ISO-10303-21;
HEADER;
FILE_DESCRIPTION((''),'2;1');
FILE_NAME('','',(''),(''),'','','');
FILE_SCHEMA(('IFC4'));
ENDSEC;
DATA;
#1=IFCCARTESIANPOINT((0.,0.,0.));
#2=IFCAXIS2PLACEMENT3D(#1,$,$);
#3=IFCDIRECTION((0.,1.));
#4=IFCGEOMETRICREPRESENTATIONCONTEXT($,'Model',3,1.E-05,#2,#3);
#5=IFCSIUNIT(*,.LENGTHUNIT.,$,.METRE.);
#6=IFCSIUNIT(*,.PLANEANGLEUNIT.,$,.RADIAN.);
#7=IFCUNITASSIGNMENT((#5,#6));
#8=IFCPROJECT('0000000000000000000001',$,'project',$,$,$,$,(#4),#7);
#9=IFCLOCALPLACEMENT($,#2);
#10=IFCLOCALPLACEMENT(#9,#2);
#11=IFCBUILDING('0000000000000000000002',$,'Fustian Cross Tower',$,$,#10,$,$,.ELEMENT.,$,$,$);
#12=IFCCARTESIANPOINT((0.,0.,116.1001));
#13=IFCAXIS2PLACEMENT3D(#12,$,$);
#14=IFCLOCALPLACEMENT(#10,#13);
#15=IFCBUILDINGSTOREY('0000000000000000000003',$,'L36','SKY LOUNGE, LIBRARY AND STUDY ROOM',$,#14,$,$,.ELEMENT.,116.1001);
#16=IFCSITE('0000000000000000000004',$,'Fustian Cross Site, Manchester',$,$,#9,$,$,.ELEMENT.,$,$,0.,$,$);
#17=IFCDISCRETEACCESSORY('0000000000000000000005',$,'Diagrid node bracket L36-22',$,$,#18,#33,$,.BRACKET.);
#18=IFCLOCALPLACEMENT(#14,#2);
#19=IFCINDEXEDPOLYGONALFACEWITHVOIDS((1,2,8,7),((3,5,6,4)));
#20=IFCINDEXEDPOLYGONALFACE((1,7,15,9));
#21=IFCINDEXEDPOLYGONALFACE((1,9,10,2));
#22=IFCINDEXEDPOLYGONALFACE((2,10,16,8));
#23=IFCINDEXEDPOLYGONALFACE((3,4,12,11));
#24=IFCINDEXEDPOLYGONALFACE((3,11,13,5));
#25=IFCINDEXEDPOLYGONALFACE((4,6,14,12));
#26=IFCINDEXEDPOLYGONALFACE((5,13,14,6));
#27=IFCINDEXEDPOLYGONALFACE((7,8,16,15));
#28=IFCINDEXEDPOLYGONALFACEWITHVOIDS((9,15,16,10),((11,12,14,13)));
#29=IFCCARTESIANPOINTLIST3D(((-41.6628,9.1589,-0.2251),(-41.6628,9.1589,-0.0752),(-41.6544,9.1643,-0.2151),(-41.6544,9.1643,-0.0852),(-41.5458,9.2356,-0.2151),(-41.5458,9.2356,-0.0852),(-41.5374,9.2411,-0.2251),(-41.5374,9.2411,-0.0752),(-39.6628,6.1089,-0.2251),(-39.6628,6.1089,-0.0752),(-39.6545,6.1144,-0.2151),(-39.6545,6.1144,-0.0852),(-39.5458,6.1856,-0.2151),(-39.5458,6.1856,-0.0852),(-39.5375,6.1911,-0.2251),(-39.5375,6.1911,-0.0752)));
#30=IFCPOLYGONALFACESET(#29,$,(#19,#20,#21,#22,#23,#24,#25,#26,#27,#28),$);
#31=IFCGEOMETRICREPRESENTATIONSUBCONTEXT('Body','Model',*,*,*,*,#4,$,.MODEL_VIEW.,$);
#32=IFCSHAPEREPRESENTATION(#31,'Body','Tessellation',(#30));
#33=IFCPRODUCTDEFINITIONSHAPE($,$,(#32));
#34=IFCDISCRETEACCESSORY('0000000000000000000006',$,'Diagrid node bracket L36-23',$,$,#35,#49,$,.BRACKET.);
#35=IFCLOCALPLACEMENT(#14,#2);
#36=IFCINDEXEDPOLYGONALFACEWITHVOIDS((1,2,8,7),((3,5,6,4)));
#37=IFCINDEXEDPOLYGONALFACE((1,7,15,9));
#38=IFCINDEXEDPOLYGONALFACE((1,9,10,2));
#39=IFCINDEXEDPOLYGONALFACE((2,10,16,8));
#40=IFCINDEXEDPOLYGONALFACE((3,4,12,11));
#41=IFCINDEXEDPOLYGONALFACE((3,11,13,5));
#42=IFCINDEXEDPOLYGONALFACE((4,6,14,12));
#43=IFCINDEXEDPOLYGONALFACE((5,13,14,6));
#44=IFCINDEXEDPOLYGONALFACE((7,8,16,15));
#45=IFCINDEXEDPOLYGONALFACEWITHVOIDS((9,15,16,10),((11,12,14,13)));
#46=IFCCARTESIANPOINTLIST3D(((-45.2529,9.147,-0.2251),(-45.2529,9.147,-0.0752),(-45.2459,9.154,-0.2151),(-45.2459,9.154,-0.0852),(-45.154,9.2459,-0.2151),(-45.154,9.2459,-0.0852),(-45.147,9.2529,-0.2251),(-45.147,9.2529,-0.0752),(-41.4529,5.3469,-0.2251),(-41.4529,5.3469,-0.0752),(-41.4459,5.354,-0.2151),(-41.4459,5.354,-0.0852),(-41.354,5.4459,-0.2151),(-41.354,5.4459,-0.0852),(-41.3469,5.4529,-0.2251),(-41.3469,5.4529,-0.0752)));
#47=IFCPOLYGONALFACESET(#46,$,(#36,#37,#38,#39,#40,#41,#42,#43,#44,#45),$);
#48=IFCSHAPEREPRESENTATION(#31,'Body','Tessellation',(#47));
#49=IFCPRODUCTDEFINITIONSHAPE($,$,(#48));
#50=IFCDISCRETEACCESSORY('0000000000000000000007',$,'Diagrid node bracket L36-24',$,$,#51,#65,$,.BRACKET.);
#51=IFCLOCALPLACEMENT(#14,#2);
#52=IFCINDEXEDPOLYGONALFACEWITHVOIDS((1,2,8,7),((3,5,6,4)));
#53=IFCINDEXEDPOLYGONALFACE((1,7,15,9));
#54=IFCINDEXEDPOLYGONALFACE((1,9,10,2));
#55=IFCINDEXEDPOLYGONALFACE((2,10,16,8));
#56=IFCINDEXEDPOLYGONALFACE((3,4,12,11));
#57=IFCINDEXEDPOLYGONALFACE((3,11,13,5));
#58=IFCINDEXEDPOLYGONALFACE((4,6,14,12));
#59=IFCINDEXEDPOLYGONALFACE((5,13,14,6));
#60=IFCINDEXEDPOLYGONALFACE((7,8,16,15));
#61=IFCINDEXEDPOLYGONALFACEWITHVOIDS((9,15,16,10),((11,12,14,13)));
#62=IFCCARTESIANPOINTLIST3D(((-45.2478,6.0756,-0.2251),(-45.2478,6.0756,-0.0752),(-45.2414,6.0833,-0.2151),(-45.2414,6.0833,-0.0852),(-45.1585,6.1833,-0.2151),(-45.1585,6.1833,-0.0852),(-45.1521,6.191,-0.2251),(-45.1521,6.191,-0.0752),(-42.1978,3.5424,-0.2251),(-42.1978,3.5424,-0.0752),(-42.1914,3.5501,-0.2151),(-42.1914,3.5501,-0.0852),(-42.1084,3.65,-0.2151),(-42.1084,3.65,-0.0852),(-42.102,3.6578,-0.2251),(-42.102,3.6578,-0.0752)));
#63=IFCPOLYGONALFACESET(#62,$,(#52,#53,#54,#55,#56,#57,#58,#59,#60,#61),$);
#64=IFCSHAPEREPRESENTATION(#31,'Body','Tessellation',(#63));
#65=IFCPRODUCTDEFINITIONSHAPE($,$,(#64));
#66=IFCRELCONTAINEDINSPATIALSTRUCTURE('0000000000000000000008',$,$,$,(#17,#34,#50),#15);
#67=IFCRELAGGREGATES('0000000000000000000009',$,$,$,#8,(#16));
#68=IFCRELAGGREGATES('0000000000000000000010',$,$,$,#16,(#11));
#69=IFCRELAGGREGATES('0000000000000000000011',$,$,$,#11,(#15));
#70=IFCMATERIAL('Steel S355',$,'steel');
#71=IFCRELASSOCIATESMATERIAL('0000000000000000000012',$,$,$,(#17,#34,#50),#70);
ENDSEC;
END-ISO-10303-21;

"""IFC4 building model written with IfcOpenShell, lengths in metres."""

from ifc_helpers import new_model, si_unit, direction, frame, origin, origin_2d, place, context, subcontext, project, spatial, hollow_rectangle, extrude, material, element, save


model = new_model("IFC4")

# Units and contexts
model_context = context("Model", 3, precision=1e-05, world=origin(), true_north=direction((0.0, 1.0)))
body_context = subcontext(model_context, "Body", "Model", "MODEL_VIEW")
ifc_project = project(units=[si_unit("LENGTHUNIT", "METRE"), si_unit("PLANEANGLEUNIT", "RADIAN")], contexts=[model_context])

# Site, building, storey
site_placement = place(None, origin())
site = spatial("IfcSite", under=ifc_project, at=site_placement, Name="Fustian Cross Site, Manchester", CompositionType="ELEMENT", RefElevation=0.0)
building_placement = place(site_placement, origin())
building = spatial("IfcBuilding", under=site, at=building_placement, Name="Fustian Cross Tower", CompositionType="ELEMENT")
storey_placement = place(building_placement, frame((0.0, 0.0, 116.1001)))
storey = spatial("IfcBuildingStorey", under=building, at=storey_placement, Name="L36", Description="SKY LOUNGE, LIBRARY AND STUDY ROOM", CompositionType="ELEMENT", Elevation=116.1001)

# Discrete accessories
ifc_material_1 = material(Name="Steel S355", Category="steel")
discrete_accessory_1_placement = place(storey_placement, frame((-41.6001, 9.2, -0.1501), z_axis=(0.548351, -0.836248, 0.0), x_axis=(0.836248, 0.548351, 0.0)))
element("IfcDiscreteAccessory", 1, at=discrete_accessory_1_placement, inside=storey, material=ifc_material_1, Name="Diagrid node bracket L36-22", PredefinedType="BRACKET", context=body_context, shape_type="SweptSolid", body=[
    extrude(hollow_rectangle(XDim=0.1499, YDim=0.1499, WallThickness=0.01, at=origin_2d()), origin(), (0.0, 0.0, 1.0), 3.6472),
])
discrete_accessory_2_placement = place(storey_placement, frame((-45.2, 9.2, -0.1501), z_axis=(0.707107, -0.707107, 0.0), x_axis=(0.707107, 0.707107, 0.0)))
element("IfcDiscreteAccessory", 2, at=discrete_accessory_2_placement, inside=storey, material=ifc_material_1, Name="Diagrid node bracket L36-23", PredefinedType="BRACKET", context=body_context, shape_type="SweptSolid", body=[
    extrude(hollow_rectangle(XDim=0.1499, YDim=0.1499, WallThickness=0.01, at=origin_2d()), origin(), (0.0, 0.0, 1.0), 5.374),
])
discrete_accessory_3_placement = place(storey_placement, frame((-45.2, 6.1333, -0.1501), z_axis=(0.769275, -0.638918, 0.0), x_axis=(0.638918, 0.769275, 0.0)))
element("IfcDiscreteAccessory", 3, at=discrete_accessory_3_placement, inside=storey, material=ifc_material_1, Name="Diagrid node bracket L36-24", PredefinedType="BRACKET", context=body_context, shape_type="SweptSolid", body=[
    extrude(hollow_rectangle(XDim=0.1499, YDim=0.1499, WallThickness=0.01, at=origin_2d()), origin(), (0.0, 0.0, 1.0), 3.9648),
])

save(model, "model.ifc")
